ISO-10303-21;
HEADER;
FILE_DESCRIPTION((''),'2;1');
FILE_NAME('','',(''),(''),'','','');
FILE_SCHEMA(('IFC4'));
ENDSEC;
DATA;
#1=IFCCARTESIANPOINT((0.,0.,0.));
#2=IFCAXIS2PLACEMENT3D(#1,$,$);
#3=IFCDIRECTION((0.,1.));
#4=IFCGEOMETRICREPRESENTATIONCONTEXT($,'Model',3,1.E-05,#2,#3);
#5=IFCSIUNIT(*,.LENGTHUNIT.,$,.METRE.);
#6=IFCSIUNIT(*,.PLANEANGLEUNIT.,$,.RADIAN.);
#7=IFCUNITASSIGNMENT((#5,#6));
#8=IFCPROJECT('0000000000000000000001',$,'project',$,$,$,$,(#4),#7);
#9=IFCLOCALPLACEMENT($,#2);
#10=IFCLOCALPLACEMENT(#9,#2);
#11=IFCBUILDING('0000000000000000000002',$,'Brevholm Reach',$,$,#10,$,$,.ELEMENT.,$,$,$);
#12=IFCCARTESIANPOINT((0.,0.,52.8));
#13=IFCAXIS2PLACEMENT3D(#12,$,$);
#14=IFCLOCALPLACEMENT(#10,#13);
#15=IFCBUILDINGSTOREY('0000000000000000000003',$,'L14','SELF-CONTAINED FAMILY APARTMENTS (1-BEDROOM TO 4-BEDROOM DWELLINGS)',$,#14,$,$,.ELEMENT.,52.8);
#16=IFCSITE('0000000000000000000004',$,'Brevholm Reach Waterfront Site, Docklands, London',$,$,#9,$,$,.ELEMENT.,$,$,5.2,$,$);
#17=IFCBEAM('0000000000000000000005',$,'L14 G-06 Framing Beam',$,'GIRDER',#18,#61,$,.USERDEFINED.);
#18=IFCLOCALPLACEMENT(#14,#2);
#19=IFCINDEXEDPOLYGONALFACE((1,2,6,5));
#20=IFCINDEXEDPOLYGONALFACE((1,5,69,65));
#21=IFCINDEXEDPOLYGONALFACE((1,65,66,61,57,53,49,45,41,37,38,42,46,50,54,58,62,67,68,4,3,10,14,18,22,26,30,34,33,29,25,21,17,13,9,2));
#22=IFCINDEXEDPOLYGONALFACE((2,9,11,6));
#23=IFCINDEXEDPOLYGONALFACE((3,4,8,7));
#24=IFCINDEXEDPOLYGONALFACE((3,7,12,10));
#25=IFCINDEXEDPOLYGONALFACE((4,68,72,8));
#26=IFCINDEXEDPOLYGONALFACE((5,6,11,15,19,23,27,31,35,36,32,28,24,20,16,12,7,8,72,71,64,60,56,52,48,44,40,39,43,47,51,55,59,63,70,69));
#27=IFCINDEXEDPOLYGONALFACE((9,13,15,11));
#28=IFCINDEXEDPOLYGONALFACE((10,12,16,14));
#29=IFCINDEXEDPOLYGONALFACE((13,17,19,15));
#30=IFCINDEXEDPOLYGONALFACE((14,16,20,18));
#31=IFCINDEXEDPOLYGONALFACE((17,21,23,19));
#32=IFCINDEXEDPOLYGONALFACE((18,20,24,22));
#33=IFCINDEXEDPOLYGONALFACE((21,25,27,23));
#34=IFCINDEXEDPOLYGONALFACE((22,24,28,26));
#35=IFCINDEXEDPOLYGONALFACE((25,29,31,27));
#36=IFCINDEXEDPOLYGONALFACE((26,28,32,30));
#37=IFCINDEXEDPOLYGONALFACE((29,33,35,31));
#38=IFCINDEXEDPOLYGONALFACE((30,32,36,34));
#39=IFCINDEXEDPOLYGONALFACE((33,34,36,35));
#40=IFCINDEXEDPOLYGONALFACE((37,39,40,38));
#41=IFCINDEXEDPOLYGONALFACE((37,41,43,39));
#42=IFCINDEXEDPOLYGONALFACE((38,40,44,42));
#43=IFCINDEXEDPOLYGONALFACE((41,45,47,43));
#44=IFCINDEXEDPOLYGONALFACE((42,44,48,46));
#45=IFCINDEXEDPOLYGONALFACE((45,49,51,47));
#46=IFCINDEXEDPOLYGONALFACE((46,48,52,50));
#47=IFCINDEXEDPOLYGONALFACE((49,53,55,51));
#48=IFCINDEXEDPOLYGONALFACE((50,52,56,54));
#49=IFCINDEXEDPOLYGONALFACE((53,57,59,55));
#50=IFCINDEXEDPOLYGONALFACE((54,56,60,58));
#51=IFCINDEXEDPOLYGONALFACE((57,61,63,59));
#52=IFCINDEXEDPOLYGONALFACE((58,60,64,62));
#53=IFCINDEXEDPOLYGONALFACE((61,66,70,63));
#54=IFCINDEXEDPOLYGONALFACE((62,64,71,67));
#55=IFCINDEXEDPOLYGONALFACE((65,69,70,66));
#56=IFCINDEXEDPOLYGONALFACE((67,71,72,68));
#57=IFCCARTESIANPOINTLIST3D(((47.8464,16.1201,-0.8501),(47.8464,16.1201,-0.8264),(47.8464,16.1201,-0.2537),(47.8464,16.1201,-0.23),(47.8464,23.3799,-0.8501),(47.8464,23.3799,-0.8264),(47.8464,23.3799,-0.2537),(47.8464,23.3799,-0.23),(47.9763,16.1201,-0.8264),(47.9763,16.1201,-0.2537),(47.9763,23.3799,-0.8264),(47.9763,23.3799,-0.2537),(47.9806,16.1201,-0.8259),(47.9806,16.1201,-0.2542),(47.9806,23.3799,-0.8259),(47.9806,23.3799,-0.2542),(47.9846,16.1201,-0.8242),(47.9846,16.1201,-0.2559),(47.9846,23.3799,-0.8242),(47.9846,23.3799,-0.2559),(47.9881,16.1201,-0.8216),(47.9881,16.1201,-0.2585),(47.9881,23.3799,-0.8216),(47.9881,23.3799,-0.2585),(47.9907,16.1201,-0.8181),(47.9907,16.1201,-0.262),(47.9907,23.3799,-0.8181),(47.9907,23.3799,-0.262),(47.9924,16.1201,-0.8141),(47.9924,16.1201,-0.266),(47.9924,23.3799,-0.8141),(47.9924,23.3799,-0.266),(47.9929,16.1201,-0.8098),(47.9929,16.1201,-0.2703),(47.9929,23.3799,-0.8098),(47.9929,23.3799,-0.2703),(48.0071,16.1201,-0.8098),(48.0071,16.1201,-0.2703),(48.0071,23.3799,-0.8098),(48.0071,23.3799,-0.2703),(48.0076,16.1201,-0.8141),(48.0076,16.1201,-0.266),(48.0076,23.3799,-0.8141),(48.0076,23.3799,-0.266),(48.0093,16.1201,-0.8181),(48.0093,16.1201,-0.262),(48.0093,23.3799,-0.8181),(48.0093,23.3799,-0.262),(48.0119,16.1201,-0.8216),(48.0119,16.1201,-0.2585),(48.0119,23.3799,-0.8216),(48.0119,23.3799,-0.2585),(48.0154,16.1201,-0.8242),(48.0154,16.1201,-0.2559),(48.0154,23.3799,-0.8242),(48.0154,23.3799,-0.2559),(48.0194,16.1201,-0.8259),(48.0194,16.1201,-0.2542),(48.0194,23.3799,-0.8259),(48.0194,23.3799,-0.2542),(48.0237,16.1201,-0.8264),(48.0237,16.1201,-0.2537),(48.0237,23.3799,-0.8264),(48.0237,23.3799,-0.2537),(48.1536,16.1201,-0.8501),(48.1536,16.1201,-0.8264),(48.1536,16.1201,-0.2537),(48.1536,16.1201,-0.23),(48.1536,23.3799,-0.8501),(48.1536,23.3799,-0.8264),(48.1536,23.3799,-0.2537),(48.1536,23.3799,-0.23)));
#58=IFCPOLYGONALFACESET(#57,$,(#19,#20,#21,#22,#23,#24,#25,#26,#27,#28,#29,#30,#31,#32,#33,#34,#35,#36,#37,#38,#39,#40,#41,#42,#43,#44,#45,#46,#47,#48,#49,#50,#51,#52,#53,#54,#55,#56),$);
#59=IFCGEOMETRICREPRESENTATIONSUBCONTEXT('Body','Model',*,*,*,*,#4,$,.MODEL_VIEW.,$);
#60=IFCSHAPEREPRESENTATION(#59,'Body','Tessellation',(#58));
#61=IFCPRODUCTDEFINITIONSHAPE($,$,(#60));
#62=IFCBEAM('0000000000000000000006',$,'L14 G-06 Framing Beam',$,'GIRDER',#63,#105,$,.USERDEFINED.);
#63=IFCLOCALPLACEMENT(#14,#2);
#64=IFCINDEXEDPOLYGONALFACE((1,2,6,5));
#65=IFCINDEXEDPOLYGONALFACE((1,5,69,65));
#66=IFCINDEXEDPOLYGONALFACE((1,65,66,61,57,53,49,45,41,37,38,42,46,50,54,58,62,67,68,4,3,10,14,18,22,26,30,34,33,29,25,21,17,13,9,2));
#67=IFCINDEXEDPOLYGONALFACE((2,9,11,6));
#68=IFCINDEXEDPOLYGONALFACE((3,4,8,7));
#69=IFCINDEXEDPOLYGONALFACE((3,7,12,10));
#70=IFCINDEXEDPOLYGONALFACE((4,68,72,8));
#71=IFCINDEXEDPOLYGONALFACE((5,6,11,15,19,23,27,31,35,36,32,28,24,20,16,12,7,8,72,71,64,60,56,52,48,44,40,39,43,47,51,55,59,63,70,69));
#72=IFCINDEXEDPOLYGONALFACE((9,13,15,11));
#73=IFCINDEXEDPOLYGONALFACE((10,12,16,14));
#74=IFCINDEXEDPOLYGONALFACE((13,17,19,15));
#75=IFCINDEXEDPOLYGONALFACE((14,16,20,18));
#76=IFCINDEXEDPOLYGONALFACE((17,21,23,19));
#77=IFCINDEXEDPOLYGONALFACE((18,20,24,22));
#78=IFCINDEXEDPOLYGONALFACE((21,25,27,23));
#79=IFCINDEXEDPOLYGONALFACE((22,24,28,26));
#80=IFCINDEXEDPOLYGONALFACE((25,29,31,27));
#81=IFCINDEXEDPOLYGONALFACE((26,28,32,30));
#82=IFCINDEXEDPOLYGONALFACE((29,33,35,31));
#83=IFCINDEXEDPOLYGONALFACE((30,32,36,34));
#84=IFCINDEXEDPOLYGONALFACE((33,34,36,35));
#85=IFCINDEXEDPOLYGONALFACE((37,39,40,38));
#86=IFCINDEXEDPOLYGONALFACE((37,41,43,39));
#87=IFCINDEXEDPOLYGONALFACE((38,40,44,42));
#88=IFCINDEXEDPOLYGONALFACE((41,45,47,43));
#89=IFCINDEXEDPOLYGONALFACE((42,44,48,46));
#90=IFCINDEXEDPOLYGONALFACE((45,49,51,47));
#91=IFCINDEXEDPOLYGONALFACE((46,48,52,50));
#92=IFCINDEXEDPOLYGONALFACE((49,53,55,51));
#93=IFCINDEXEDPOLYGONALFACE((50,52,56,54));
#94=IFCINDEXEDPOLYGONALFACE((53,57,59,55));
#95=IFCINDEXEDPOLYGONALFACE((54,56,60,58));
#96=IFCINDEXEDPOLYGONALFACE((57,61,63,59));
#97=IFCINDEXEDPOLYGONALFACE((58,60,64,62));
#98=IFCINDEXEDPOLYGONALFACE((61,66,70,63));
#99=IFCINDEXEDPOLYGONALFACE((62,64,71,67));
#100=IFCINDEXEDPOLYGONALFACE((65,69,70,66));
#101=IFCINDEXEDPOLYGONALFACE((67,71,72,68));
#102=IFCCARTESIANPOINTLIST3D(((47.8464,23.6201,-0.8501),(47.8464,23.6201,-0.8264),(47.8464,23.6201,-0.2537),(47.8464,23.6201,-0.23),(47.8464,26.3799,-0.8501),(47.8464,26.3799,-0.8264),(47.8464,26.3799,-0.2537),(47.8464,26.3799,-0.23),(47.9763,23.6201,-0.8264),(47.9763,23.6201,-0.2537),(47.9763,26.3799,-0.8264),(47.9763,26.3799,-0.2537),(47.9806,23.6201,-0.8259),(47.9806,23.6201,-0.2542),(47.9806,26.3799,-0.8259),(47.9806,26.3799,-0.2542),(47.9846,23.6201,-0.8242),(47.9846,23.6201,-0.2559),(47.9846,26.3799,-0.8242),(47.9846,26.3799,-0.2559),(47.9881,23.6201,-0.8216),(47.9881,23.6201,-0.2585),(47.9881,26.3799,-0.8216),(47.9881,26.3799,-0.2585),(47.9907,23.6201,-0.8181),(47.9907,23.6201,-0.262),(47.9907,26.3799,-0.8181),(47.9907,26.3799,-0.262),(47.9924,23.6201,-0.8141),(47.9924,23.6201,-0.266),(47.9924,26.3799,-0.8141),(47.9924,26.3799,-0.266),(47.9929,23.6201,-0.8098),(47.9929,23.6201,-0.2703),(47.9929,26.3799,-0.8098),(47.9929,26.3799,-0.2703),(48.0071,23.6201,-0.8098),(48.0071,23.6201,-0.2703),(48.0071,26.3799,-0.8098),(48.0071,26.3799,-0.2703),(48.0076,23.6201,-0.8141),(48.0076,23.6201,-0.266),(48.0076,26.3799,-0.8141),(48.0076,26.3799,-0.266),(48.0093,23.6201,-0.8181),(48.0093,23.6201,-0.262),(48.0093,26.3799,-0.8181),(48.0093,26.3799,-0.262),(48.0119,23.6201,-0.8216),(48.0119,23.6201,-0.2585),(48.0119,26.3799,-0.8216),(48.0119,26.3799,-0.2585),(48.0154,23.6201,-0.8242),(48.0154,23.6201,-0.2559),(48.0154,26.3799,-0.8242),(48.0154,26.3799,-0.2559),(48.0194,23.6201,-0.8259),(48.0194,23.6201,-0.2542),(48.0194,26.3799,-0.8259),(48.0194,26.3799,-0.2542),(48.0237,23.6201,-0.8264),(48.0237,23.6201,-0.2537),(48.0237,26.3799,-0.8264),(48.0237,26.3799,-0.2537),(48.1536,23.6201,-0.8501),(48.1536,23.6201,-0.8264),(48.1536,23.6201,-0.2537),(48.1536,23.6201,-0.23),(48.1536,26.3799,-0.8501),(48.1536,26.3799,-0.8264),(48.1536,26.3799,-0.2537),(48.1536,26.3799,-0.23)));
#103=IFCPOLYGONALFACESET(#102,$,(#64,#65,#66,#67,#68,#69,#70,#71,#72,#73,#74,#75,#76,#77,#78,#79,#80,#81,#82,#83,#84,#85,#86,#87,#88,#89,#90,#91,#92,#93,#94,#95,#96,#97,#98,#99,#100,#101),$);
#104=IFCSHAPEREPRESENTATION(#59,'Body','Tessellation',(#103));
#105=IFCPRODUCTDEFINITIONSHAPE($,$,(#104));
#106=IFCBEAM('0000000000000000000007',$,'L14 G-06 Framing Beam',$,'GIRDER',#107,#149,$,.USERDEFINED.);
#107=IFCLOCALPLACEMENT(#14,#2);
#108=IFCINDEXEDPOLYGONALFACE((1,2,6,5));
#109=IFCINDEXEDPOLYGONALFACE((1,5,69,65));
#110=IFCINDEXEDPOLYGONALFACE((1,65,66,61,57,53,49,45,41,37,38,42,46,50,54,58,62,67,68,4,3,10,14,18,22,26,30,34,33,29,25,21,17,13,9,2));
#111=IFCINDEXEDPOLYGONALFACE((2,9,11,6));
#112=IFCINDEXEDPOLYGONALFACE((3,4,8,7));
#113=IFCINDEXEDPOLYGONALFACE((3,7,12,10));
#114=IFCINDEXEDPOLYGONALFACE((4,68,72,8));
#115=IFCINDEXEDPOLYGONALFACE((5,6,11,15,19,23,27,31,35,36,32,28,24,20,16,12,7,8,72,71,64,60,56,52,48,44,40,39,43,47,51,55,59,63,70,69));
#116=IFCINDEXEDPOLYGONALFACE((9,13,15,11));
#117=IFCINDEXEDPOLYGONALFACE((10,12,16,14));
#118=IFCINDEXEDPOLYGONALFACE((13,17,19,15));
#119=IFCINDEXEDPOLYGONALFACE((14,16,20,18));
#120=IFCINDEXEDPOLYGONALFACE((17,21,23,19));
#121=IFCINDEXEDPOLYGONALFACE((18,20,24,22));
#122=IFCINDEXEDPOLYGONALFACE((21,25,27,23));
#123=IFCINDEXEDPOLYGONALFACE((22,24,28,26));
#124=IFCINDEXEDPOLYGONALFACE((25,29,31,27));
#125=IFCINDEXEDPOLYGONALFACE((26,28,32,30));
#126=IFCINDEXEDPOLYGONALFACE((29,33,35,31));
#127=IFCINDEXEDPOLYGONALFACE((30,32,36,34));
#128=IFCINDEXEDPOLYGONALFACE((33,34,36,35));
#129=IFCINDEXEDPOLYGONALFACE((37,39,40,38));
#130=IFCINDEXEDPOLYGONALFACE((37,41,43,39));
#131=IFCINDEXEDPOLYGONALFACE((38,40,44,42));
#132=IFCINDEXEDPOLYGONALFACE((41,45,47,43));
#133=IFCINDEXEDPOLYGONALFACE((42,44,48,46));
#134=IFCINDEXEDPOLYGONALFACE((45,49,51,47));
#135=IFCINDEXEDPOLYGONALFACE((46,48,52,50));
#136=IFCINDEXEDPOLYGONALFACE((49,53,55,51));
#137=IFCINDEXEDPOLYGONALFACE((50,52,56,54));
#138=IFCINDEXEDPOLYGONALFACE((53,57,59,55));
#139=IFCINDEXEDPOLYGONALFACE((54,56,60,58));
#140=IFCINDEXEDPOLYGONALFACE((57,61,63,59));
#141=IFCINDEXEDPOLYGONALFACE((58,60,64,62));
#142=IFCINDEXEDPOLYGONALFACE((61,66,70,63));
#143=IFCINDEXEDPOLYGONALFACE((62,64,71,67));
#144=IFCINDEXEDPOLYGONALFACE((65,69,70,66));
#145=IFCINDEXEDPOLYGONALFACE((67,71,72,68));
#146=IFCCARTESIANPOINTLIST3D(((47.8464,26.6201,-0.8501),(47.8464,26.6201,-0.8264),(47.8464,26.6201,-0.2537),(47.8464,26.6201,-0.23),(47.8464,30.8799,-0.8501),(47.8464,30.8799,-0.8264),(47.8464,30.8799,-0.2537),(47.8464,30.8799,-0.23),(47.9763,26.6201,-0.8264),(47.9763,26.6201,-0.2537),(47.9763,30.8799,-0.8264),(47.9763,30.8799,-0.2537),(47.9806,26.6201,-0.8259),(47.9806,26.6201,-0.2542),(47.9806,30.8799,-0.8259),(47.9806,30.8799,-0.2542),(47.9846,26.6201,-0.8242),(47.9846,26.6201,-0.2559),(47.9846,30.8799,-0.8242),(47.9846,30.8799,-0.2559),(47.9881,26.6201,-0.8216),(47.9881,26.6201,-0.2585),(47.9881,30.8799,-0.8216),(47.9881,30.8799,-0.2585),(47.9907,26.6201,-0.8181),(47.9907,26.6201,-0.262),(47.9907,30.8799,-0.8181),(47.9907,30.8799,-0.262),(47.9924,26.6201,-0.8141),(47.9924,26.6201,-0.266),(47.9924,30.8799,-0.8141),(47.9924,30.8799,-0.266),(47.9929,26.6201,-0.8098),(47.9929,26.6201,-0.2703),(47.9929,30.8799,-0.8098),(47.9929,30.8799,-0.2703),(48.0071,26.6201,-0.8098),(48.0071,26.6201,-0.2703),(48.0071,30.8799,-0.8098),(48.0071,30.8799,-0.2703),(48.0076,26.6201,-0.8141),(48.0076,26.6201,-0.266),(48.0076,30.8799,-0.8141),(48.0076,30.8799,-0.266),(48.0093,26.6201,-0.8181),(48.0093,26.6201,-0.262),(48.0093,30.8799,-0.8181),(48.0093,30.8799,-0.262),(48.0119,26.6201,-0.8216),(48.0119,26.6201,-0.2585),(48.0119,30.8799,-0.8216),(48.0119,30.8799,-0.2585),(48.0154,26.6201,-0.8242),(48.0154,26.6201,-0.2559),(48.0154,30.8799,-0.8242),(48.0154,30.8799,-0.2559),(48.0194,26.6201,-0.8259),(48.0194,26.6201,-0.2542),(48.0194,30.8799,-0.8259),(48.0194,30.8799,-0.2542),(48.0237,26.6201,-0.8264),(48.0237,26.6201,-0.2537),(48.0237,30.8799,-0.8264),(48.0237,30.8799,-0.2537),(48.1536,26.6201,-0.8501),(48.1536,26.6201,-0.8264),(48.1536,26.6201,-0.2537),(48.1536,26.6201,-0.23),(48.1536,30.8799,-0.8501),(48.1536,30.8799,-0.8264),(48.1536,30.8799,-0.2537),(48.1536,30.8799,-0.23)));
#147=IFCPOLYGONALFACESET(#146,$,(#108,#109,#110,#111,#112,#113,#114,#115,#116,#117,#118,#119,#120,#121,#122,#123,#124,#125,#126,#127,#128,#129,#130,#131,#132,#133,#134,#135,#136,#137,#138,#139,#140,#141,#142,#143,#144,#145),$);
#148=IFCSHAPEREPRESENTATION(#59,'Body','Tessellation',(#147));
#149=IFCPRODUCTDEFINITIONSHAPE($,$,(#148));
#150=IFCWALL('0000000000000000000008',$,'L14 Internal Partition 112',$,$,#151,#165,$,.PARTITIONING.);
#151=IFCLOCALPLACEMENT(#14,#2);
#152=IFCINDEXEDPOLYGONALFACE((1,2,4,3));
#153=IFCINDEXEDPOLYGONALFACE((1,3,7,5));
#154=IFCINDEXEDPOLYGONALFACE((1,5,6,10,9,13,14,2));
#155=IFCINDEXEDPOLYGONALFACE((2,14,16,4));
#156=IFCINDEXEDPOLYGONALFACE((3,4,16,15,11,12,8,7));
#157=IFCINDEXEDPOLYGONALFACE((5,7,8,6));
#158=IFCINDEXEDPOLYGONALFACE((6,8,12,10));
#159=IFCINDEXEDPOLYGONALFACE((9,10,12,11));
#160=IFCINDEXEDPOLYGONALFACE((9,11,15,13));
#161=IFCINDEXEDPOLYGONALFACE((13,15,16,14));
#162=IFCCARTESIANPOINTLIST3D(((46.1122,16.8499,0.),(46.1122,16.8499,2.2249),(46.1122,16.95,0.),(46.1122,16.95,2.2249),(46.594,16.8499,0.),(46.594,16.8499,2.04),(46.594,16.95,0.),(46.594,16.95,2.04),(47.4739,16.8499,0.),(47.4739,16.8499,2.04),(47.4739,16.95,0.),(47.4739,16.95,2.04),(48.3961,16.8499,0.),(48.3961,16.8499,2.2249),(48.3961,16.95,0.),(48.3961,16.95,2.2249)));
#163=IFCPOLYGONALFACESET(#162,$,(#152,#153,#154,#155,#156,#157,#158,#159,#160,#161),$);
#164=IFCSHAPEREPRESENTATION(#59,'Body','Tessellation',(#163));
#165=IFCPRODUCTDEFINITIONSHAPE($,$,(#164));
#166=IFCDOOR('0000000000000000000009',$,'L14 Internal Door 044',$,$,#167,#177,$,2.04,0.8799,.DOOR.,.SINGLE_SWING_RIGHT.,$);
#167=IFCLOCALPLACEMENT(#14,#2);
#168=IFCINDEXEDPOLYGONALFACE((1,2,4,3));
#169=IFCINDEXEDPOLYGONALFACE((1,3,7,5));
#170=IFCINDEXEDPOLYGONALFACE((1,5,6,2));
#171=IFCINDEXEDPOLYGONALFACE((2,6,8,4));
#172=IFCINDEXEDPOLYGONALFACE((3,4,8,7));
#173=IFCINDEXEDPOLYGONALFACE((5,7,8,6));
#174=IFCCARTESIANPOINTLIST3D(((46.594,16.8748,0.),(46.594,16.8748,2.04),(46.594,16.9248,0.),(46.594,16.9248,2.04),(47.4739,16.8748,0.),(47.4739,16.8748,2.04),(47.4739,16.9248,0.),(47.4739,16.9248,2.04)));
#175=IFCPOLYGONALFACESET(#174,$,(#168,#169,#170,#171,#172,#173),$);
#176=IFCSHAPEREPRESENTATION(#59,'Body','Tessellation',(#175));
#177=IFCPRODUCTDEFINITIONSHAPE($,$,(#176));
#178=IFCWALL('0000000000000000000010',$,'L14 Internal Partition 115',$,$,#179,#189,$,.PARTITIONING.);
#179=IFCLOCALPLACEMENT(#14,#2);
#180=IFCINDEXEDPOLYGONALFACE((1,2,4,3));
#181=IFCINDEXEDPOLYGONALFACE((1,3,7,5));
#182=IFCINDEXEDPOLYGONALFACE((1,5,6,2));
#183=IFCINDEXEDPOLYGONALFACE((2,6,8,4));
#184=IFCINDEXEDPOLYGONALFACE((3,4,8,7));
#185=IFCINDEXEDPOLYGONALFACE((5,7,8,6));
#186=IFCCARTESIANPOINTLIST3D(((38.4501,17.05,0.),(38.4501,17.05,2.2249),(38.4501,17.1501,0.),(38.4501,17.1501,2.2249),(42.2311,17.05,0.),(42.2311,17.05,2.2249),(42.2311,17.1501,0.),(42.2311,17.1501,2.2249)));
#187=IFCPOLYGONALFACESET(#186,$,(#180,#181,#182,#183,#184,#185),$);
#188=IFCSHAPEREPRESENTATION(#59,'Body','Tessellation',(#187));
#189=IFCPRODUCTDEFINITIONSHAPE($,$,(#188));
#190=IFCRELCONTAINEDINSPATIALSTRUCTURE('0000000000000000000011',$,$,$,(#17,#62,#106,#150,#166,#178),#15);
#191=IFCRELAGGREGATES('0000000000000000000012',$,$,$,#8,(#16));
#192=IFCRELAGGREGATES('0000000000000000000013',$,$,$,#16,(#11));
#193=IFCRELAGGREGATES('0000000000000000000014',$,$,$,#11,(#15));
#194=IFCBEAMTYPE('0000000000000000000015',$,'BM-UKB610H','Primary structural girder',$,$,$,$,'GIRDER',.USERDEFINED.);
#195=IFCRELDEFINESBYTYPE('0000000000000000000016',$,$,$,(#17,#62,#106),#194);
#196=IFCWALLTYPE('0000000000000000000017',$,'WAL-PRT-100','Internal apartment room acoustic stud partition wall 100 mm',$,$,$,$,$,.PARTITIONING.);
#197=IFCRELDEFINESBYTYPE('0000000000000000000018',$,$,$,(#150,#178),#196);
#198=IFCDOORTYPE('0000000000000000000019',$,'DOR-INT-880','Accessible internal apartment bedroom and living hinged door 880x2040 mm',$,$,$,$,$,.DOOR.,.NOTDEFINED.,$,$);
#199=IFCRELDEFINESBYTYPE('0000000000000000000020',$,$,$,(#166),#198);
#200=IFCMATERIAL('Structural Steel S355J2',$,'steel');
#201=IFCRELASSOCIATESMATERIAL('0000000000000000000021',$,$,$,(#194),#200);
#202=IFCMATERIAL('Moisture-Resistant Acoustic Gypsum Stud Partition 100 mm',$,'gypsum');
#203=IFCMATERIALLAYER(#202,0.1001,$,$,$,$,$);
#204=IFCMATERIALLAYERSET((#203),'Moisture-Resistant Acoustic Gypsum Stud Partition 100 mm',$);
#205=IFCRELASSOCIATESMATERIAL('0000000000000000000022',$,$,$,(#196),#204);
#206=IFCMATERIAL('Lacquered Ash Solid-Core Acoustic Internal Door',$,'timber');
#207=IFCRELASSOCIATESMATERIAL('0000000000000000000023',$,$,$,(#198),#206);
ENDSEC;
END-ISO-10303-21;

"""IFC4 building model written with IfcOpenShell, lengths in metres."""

from ifc_helpers import new_model, si_unit, direction, frame, frame_2d, origin, origin_2d, place, context, subcontext, project, spatial, rectangle, i_section, extrude, material, layer, layer_set, material_profile, profile_set, type_object, element, fill, save


model = new_model("IFC4")

# Units and contexts
model_context = context("Model", 3, precision=1e-05, world=origin(), true_north=direction((0.0, 1.0)))
body_context = subcontext(model_context, "Body", "Model", "MODEL_VIEW")
ifc_project = project(units=[si_unit("LENGTHUNIT", "METRE"), si_unit("PLANEANGLEUNIT", "RADIAN")], contexts=[model_context])

# Site, building, storey
site_placement = place(None, origin())
site = spatial("IfcSite", under=ifc_project, at=site_placement, Name="Brevholm Reach Waterfront Site, Docklands, London", CompositionType="ELEMENT", RefElevation=5.2)
building_placement = place(site_placement, origin())
building = spatial("IfcBuilding", under=site, at=building_placement, Name="Brevholm Reach", CompositionType="ELEMENT")
storey_placement = place(building_placement, frame((0.0, 0.0, 52.8)))
storey = spatial("IfcBuildingStorey", under=building, at=storey_placement, Name="L14", Description="SELF-CONTAINED FAMILY APARTMENTS (1-BEDROOM TO 4-BEDROOM DWELLINGS)", CompositionType="ELEMENT", Elevation=52.8)

# Beams
ifc_material_1 = material(Name="Structural Steel S355J2", Category="steel")
ifc_material_profile_1 = material_profile(ifc_material_1, i_section(OverallWidth=0.3071, OverallDepth=0.6201, WebThickness=0.0142, FlangeThickness=0.0237, FilletRadius=0.0166, at=origin_2d()), Name="UKB 610x305x179")
ifc_profile_set_1 = profile_set([ifc_material_profile_1], Name="Structural Steel S355J2")
beam_type_1 = type_object("IfcBeamType", Name="BM-UKB610H", Description="Primary structural girder", ElementType="GIRDER", PredefinedType="USERDEFINED", material=ifc_profile_set_1)
beam_1_placement = place(storey_placement, frame((48.0, 16.1201, -0.54), z_axis=(0.0, 1.0, 0.0), x_axis=(-1.0, 0.0, 0.0)))
element("IfcBeam", 1, at=beam_1_placement, inside=storey, type_object=beam_type_1, Name="L14 G-06 Framing Beam", ObjectType="GIRDER", PredefinedType="USERDEFINED", context=body_context, shape_type="SweptSolid", body=[
    extrude(i_section(OverallWidth=0.3071, OverallDepth=0.6201, WebThickness=0.0142, FlangeThickness=0.0237, FilletRadius=0.0166, at=origin_2d()), origin(), (0.0, 0.0, 1.0), 7.2598),
])
beam_2_placement = place(storey_placement, frame((48.0, 23.6201, -0.54), z_axis=(0.0, 1.0, 0.0), x_axis=(-1.0, 0.0, 0.0)))
element("IfcBeam", 2, at=beam_2_placement, inside=storey, type_object=beam_type_1, Name="L14 G-06 Framing Beam", ObjectType="GIRDER", PredefinedType="USERDEFINED", context=body_context, shape_type="SweptSolid", body=[
    extrude(i_section(OverallWidth=0.3071, OverallDepth=0.6201, WebThickness=0.0142, FlangeThickness=0.0237, FilletRadius=0.0166, at=origin_2d()), origin(), (0.0, 0.0, 1.0), 2.7598),
])
beam_3_placement = place(storey_placement, frame((48.0, 26.6201, -0.54), z_axis=(0.0, 1.0, 0.0), x_axis=(-1.0, 0.0, 0.0)))
element("IfcBeam", 3, at=beam_3_placement, inside=storey, type_object=beam_type_1, Name="L14 G-06 Framing Beam", ObjectType="GIRDER", PredefinedType="USERDEFINED", context=body_context, shape_type="SweptSolid", body=[
    extrude(i_section(OverallWidth=0.3071, OverallDepth=0.6201, WebThickness=0.0142, FlangeThickness=0.0237, FilletRadius=0.0166, at=origin_2d()), origin(), (0.0, 0.0, 1.0), 4.2598),
])

# Wall, opening, door
ifc_material_2 = material(Name="Moisture-Resistant Acoustic Gypsum Stud Partition 100 mm", Category="gypsum")
ifc_layer_1 = layer(ifc_material_2, 0.1001)
ifc_layer_set_1 = layer_set([ifc_layer_1], Name="Moisture-Resistant Acoustic Gypsum Stud Partition 100 mm")
wall_type_1 = type_object("IfcWallType", Name="WAL-PRT-100", Description="Internal apartment room acoustic stud partition wall 100 mm", PredefinedType="PARTITIONING", material=ifc_layer_set_1)
wall_1_placement = place(storey_placement, frame((46.1121, 16.8999, 0.0), z_axis=(0.0, 0.0, 1.0), x_axis=(1.0, 0.0, 0.0)))
wall_1 = element("IfcWall", 4, at=wall_1_placement, inside=storey, type_object=wall_type_1, Name="L14 Internal Partition 112", PredefinedType="PARTITIONING", context=body_context, shape_type="SweptSolid", body=[
    extrude(rectangle(XDim=2.2839, YDim=0.1001, at=frame_2d((1.1421, 0.0))), origin(), (0.0, 0.0, 1.0), 2.2249),
])
opening_1_placement = place(wall_1_placement, frame((0.4819, 0.0, 0.0)))
opening_1 = element("IfcOpeningElement", 5, at=opening_1_placement, cuts=wall_1, PredefinedType="OPENING", context=body_context, shape_type="SweptSolid", body=[
    extrude(rectangle(XDim=0.8799, YDim=2.04, at=frame_2d((0.4399, 1.02))), frame((0.0, 0.0601, 0.0), z_axis=(0.0, -1.0, 0.0), x_axis=(1.0, 0.0, 0.0)), (0.0, 0.0, 1.0), 0.1201),
])
ifc_material_3 = material(Name="Lacquered Ash Solid-Core Acoustic Internal Door", Category="timber")
door_type_1 = type_object("IfcDoorType", Name="DOR-INT-880", Description="Accessible internal apartment bedroom and living hinged door 880x2040 mm", OperationType="NOTDEFINED", PredefinedType="DOOR", material=ifc_material_3)
door_1_placement = place(opening_1_placement, origin())
door_1 = element("IfcDoor", 6, at=door_1_placement, inside=storey, type_object=door_type_1, Name="L14 Internal Door 044", OperationType="SINGLE_SWING_RIGHT", OverallHeight=2.04, OverallWidth=0.8799, PredefinedType="DOOR", context=body_context, shape_type="SweptSolid", body=[
    extrude(rectangle(XDim=0.8799, YDim=2.04, at=frame_2d((0.4399, 1.02))), frame((0.0, 0.0249, 0.0), z_axis=(0.0, -1.0, 0.0), x_axis=(1.0, 0.0, 0.0)), (0.0, 0.0, 1.0), 0.05),
])
fill(opening_1, door_1)

# Wall
wall_2_placement = place(storey_placement, frame((38.45, 17.1001, 0.0), z_axis=(0.0, 0.0, 1.0), x_axis=(1.0, 0.0, 0.0)))
element("IfcWall", 7, at=wall_2_placement, inside=storey, type_object=wall_type_1, Name="L14 Internal Partition 115", PredefinedType="PARTITIONING", context=body_context, shape_type="SweptSolid", body=[
    extrude(rectangle(XDim=3.781, YDim=0.1001, at=frame_2d((1.8906, 0.0))), origin(), (0.0, 0.0, 1.0), 2.2249),
])

save(model, "model.ifc")
